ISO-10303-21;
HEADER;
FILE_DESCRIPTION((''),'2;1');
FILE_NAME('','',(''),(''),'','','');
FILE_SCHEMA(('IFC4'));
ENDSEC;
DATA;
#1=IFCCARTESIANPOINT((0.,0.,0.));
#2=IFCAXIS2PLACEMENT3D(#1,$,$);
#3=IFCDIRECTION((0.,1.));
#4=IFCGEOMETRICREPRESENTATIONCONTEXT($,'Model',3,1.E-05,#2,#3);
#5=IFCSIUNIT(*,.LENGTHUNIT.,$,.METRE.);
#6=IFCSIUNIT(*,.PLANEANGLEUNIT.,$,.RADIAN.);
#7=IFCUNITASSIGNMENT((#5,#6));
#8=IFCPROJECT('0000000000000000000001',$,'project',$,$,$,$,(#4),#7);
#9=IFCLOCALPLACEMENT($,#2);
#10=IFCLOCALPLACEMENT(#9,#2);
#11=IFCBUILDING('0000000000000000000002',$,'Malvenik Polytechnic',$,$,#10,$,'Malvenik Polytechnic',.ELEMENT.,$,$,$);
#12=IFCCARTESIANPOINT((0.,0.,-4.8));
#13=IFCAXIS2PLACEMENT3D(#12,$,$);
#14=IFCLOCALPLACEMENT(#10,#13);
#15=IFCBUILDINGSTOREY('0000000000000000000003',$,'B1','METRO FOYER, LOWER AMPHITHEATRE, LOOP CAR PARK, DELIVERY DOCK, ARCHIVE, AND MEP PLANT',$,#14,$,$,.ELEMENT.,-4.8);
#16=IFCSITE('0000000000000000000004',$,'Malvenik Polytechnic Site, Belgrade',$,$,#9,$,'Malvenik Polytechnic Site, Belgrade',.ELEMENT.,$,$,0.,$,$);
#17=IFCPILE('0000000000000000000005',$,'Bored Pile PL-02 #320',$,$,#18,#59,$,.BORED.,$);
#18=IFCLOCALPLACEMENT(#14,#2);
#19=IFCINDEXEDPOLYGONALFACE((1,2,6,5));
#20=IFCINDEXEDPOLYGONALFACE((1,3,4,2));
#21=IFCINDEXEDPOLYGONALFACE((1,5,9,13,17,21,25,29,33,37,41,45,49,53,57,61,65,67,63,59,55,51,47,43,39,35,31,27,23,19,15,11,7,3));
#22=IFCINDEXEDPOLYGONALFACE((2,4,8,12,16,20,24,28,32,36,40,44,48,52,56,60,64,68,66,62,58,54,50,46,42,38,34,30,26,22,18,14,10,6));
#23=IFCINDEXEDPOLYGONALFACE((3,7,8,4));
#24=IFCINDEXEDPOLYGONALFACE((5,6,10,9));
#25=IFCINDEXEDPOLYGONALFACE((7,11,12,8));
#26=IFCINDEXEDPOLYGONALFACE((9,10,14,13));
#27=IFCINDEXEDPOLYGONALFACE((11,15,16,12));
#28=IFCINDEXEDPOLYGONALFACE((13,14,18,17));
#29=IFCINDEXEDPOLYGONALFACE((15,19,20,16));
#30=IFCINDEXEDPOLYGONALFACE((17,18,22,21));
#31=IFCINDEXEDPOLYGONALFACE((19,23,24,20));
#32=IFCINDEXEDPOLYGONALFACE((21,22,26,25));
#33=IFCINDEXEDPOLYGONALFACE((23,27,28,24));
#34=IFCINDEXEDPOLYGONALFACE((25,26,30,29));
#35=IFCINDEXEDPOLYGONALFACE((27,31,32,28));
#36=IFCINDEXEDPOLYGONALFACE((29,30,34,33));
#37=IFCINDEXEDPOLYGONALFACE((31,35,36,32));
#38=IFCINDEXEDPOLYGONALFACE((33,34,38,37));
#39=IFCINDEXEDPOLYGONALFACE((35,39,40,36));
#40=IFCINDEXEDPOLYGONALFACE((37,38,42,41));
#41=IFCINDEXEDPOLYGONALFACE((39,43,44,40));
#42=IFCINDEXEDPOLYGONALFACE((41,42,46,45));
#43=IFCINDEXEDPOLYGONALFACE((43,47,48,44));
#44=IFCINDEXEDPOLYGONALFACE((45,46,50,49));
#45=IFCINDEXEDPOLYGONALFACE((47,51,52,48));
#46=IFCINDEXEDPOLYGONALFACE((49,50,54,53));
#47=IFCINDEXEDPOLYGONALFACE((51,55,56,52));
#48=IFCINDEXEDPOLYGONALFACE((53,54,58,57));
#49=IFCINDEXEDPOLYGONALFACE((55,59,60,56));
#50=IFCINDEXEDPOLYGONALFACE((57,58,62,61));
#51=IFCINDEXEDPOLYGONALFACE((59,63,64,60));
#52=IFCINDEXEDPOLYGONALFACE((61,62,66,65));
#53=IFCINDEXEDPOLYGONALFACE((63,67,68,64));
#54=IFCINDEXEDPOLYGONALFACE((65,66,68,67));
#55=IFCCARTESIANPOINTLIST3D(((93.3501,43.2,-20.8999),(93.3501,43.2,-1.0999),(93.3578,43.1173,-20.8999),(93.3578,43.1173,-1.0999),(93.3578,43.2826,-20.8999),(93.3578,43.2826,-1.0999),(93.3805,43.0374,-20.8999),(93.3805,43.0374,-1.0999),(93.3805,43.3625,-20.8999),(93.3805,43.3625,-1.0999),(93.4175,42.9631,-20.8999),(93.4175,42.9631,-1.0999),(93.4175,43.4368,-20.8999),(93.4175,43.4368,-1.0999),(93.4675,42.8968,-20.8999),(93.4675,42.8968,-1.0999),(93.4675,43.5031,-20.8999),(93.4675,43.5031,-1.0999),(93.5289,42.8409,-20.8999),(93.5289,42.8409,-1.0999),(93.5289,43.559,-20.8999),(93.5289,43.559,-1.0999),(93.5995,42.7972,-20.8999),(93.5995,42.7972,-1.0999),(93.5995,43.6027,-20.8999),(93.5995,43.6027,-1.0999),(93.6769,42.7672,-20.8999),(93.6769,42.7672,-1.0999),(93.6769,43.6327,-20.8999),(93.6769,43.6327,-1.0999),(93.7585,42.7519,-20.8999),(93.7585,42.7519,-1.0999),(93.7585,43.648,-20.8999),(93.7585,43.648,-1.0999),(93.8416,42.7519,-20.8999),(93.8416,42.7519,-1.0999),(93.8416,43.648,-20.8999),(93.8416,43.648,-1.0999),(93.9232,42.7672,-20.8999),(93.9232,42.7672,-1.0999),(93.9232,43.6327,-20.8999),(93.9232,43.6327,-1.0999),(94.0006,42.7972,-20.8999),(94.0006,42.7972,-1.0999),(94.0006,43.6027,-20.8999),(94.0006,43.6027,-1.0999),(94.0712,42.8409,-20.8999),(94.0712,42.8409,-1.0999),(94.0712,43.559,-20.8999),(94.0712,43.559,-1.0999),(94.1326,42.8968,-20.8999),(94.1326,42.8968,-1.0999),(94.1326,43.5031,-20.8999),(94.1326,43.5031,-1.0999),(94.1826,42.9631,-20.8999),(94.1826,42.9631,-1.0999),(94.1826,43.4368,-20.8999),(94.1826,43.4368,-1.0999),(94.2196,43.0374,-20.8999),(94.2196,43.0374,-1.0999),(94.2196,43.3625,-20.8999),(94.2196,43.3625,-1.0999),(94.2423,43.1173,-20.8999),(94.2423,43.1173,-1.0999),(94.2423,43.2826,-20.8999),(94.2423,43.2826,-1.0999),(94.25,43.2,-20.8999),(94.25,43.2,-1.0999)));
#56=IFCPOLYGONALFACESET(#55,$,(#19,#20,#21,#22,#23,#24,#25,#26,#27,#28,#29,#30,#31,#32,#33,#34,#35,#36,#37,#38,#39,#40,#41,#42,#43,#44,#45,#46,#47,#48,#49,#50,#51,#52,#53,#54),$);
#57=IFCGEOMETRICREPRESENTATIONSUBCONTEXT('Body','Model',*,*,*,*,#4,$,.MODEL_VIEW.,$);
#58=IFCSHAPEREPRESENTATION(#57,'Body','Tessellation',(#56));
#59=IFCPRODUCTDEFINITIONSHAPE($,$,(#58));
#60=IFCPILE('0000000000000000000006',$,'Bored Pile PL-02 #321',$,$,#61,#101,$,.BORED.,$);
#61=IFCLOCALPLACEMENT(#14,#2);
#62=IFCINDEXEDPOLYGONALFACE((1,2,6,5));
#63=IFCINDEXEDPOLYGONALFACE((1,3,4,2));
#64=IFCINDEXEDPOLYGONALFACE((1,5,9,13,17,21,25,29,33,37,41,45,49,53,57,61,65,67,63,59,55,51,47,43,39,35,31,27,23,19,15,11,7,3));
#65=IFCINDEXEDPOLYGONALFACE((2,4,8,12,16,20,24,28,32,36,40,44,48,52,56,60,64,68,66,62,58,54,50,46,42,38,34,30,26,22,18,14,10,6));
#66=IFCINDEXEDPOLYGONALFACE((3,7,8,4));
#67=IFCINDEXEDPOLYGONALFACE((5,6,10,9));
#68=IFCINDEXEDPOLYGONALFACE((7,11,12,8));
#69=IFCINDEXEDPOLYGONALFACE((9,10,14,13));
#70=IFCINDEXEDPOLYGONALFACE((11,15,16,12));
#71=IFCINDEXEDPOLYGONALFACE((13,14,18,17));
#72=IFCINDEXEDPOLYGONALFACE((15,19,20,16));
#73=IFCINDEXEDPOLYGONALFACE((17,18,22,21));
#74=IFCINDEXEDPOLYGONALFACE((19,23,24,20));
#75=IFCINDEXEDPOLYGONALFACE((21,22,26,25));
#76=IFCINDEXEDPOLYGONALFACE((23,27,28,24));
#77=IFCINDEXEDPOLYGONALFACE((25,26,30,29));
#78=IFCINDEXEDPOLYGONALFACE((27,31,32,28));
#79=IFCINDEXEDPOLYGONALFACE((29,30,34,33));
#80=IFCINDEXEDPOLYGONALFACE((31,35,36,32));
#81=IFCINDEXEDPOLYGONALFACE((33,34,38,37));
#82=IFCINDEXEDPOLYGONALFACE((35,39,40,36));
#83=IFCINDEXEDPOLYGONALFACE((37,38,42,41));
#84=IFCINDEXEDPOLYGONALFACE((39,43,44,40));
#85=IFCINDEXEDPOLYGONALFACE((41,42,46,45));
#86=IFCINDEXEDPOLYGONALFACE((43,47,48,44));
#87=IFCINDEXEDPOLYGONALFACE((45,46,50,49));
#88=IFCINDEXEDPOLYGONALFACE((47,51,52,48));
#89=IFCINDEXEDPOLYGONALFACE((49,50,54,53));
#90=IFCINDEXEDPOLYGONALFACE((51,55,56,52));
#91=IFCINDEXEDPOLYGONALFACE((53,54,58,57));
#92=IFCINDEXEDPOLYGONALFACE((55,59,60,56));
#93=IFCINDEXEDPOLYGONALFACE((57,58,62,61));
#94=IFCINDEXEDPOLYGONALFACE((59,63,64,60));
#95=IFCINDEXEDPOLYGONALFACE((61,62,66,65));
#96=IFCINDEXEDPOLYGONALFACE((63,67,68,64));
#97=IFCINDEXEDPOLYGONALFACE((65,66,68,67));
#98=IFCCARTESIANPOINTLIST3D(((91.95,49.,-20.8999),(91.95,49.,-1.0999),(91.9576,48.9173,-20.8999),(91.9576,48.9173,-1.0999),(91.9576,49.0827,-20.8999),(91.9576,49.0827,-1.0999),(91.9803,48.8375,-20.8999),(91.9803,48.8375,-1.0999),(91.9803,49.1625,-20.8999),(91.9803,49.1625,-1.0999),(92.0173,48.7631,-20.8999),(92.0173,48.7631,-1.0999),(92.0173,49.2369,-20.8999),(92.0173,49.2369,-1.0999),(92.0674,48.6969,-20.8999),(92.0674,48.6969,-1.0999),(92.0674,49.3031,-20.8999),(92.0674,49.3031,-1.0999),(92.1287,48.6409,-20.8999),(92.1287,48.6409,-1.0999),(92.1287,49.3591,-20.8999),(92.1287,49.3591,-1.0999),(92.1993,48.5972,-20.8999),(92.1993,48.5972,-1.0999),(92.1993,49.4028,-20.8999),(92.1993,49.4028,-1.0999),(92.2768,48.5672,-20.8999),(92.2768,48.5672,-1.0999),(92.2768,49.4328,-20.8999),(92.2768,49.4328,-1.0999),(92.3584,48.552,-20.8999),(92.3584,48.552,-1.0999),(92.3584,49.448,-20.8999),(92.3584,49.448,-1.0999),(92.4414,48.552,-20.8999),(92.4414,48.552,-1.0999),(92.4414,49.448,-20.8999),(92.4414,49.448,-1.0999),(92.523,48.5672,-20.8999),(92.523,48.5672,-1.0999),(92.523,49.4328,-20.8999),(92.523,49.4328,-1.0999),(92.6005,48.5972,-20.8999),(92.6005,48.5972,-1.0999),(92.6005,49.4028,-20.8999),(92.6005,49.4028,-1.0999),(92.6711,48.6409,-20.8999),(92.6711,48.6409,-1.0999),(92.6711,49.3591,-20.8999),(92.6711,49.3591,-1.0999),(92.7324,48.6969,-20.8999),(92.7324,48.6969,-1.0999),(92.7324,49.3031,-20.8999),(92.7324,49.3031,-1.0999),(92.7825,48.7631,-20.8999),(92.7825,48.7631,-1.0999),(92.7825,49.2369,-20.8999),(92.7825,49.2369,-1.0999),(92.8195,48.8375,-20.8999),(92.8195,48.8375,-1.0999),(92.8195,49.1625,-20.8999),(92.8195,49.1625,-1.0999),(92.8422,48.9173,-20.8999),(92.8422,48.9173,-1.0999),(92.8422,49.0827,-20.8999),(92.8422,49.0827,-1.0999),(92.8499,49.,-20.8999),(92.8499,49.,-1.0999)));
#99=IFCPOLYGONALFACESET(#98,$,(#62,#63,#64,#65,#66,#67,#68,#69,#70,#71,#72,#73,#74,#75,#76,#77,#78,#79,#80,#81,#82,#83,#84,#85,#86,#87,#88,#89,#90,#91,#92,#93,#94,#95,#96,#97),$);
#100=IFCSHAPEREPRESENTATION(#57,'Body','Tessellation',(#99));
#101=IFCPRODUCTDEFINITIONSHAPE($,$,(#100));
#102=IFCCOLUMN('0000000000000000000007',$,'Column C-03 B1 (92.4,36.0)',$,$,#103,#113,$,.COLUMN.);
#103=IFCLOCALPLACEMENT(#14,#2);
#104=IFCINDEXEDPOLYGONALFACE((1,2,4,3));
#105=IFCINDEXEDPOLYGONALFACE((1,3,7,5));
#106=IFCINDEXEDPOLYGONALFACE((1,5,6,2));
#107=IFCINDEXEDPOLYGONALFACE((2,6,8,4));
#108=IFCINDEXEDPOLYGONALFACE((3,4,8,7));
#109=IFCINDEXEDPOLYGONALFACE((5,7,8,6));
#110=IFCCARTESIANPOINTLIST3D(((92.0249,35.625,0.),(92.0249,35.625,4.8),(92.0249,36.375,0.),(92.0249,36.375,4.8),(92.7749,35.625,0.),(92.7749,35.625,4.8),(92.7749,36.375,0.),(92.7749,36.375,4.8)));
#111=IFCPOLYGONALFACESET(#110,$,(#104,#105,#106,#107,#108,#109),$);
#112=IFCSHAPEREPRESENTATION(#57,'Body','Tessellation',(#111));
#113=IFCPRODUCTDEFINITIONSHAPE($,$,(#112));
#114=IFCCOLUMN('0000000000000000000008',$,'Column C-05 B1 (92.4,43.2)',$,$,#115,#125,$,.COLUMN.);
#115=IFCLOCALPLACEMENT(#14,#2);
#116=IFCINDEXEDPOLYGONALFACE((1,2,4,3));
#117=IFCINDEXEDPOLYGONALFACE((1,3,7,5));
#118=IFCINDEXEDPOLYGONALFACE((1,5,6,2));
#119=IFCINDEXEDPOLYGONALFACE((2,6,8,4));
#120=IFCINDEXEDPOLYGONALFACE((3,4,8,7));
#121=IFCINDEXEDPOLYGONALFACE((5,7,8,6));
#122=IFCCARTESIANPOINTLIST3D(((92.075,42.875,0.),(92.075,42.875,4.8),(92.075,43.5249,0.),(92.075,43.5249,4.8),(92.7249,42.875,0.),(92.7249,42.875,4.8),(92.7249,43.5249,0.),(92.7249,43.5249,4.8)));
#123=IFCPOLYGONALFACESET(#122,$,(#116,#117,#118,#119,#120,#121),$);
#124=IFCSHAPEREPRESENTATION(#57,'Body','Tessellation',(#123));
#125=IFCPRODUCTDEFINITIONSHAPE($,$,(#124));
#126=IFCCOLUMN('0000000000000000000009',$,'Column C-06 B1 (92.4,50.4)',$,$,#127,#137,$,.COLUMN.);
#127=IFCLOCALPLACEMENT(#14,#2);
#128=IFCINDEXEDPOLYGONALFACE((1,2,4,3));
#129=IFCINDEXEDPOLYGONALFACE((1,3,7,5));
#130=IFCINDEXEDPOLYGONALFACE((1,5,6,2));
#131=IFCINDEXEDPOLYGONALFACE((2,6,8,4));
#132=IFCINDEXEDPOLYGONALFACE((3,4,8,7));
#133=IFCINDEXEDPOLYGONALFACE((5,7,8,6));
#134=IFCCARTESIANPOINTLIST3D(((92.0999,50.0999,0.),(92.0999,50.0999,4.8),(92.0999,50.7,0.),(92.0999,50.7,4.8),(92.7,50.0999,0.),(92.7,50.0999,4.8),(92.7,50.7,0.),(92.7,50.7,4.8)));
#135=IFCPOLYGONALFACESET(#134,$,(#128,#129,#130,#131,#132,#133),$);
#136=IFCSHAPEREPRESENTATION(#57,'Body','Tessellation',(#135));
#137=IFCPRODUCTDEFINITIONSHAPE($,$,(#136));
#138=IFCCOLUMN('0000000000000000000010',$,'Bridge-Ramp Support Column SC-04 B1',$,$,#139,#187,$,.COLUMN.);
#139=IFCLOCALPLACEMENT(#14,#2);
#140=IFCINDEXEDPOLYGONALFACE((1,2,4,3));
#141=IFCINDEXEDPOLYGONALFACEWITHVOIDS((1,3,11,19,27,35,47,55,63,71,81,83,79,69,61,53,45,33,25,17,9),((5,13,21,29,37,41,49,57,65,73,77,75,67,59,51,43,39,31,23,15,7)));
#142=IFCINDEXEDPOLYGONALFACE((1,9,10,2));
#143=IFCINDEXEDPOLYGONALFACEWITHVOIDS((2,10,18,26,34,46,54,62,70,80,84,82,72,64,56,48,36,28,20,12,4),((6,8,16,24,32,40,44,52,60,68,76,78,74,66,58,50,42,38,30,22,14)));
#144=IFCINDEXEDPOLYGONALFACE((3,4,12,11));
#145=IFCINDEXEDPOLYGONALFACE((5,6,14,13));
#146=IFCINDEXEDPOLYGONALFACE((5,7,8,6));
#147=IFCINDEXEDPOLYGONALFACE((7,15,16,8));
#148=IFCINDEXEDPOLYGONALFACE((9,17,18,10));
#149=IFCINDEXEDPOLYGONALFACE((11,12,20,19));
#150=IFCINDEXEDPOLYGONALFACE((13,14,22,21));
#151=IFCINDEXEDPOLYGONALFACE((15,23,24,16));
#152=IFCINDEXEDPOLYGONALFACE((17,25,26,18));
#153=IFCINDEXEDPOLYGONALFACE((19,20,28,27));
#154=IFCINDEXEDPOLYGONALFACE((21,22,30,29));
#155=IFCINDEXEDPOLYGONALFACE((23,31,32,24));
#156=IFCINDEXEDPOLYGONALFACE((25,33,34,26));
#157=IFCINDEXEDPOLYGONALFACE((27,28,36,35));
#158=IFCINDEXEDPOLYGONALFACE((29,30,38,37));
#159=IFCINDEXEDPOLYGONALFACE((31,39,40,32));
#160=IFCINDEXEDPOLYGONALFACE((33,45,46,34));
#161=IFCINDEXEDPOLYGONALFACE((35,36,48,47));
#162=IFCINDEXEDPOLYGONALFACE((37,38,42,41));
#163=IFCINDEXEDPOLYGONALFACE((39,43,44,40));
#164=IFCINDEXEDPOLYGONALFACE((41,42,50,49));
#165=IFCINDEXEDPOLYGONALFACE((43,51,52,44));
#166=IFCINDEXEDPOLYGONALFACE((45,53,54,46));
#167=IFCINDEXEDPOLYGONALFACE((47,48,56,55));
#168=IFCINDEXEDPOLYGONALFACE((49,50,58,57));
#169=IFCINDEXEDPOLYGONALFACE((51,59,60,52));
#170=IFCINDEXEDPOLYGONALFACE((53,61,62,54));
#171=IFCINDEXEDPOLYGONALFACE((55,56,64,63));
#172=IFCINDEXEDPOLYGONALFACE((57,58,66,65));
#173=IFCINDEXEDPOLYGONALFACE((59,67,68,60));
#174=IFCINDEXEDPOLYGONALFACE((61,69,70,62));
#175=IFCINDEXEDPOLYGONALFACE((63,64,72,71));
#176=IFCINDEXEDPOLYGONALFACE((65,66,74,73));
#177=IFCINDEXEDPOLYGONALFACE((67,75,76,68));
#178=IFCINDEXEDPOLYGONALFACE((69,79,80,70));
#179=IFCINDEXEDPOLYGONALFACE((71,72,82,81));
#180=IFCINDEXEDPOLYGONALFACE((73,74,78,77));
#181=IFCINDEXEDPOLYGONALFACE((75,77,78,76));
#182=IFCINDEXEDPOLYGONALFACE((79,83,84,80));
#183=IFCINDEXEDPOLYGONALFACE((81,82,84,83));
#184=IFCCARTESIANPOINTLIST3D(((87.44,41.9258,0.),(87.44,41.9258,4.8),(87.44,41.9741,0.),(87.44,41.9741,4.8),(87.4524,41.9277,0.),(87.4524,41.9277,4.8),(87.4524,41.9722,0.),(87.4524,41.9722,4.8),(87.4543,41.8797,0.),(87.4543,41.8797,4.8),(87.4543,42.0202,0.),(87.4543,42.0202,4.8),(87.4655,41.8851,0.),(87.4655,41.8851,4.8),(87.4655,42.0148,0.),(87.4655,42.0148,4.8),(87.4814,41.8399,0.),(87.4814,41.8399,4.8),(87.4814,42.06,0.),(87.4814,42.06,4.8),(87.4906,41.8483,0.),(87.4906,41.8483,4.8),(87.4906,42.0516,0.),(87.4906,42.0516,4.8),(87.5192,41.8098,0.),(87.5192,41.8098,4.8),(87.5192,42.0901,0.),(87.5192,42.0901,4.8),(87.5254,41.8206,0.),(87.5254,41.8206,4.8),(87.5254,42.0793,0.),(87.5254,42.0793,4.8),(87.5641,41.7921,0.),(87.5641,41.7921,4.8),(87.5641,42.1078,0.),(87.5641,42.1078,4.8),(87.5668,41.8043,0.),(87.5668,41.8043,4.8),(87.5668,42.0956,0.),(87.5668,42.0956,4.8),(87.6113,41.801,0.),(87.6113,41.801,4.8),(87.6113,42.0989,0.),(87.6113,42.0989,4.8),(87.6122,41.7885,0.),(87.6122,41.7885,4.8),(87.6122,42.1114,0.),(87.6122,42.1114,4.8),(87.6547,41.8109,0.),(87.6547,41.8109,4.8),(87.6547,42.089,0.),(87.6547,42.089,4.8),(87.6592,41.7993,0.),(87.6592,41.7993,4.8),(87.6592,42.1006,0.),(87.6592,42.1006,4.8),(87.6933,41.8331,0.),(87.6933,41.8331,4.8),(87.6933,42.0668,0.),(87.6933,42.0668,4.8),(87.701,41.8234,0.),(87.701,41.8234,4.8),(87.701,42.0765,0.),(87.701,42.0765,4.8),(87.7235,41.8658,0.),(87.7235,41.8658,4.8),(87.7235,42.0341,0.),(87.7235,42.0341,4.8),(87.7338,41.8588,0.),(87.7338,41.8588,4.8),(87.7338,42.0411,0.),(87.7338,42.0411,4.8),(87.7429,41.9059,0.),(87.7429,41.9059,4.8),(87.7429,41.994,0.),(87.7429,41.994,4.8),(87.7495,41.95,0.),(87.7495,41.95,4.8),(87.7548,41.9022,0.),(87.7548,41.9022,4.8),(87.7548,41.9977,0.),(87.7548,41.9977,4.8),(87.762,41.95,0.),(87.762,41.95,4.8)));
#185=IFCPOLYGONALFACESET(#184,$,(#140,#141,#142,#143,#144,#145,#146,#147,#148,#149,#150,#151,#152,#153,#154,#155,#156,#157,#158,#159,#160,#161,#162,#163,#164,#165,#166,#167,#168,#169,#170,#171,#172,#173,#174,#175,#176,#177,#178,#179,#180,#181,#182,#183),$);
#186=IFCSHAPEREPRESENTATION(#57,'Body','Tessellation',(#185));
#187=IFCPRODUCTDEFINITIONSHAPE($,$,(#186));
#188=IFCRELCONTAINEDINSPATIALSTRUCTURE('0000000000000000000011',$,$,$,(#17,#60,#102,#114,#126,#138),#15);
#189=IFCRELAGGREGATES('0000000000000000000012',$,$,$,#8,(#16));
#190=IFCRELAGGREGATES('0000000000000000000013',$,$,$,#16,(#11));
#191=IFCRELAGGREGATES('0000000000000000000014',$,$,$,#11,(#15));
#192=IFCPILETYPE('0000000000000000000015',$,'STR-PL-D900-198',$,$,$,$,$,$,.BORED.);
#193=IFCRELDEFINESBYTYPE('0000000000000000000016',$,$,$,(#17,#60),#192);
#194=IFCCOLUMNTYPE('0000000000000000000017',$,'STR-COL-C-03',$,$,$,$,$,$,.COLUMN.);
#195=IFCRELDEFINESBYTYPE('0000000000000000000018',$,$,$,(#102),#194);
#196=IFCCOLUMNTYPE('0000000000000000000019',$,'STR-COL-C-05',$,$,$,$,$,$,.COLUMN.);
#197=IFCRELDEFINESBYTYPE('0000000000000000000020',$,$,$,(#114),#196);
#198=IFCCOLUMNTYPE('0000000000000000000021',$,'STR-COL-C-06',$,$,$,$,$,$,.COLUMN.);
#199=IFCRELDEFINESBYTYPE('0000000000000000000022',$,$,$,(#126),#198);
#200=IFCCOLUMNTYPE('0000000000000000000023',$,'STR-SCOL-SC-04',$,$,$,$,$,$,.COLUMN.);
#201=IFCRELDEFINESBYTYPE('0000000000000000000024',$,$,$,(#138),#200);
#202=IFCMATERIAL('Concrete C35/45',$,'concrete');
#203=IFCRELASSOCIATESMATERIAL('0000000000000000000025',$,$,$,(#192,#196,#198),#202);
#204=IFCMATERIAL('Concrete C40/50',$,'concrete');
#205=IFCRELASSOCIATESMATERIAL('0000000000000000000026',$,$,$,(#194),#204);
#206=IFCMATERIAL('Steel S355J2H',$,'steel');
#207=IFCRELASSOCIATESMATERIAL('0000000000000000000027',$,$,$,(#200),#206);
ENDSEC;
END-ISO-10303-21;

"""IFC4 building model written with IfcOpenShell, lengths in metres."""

from ifc_helpers import new_model, si_unit, direction, frame, origin, origin_2d, place, context, subcontext, project, spatial, rectangle, circle, hollow_circle, extrude, material, material_profile, profile_set, type_object, element, save


model = new_model("IFC4")

# Units and contexts
model_context = context("Model", 3, precision=1e-05, world=origin(), true_north=direction((0.0, 1.0)))
body_context = subcontext(model_context, "Body", "Model", "MODEL_VIEW")
ifc_project = project(units=[si_unit("LENGTHUNIT", "METRE"), si_unit("PLANEANGLEUNIT", "RADIAN")], contexts=[model_context])

# Site, building, storey
site_placement = place(None, origin())
site = spatial("IfcSite", under=ifc_project, at=site_placement, Name="Malvenik Polytechnic Site, Belgrade", LongName="Malvenik Polytechnic Site, Belgrade", CompositionType="ELEMENT", RefElevation=0.0)
building_placement = place(site_placement, origin())
building = spatial("IfcBuilding", under=site, at=building_placement, Name="Malvenik Polytechnic", LongName="Malvenik Polytechnic", CompositionType="ELEMENT")
storey_placement = place(building_placement, frame((0.0, 0.0, -4.8)))
storey = spatial("IfcBuildingStorey", under=building, at=storey_placement, Name="B1", Description="METRO FOYER, LOWER AMPHITHEATRE, LOOP CAR PARK, DELIVERY DOCK, ARCHIVE, AND MEP PLANT", CompositionType="ELEMENT", Elevation=-4.8)

# Shared definitions
ifc_material_1 = material(Name="Concrete C35/45", Category="concrete")

# Piles
ifc_material_profile_1 = material_profile(ifc_material_1, circle(Radius=0.45, at=origin_2d()), Name="BORED PILE D900")
ifc_profile_set_1 = profile_set([ifc_material_profile_1], Name="Concrete C35/45")
pile_type = type_object("IfcPileType", Name="STR-PL-D900-198", PredefinedType="BORED", material=ifc_profile_set_1)
for number, where, z_axis, x_axis, name in (
    (1, (93.8, 43.2, -1.0999), (0.0, 0.0, -1.0), (1.0, 0.0, 0.0), "Bored Pile PL-02 #320"),
    (2, (92.3999, 49.0, -1.0999), (0.0, 0.0, -1.0), (1.0, 0.0, 0.0), "Bored Pile PL-02 #321"),
):
    element("IfcPile", number, at=place(storey_placement, frame(where, z_axis=z_axis, x_axis=x_axis)), inside=storey, type_object=pile_type, Name=name, PredefinedType="BORED", context=body_context, shape_type="SweptSolid", body=[
        extrude(circle(Radius=0.45, at=origin_2d()), origin(), (0.0, 0.0, 1.0), 19.8),
    ])

# Columns
ifc_material_2 = material(Name="Concrete C40/50", Category="concrete")
ifc_material_profile_2 = material_profile(ifc_material_2, rectangle(XDim=0.75, YDim=0.75, at=origin_2d()), Name="RC COL 750x750")
ifc_profile_set_2 = profile_set([ifc_material_profile_2], Name="Concrete C40/50")
column_type_1 = type_object("IfcColumnType", Name="STR-COL-C-03", PredefinedType="COLUMN", material=ifc_profile_set_2)
column_1_placement = place(storey_placement, frame((92.3999, 36.0, 0.0), z_axis=(0.0, 0.0, 1.0), x_axis=(1.0, 0.0, 0.0)))
element("IfcColumn", 3, at=column_1_placement, inside=storey, type_object=column_type_1, Name="Column C-03 B1 (92.4,36.0)", PredefinedType="COLUMN", context=body_context, shape_type="SweptSolid", body=[
    extrude(rectangle(XDim=0.75, YDim=0.75, at=origin_2d()), origin(), (0.0, 0.0, 1.0), 4.8),
])
ifc_material_profile_3 = material_profile(ifc_material_1, rectangle(XDim=0.6499, YDim=0.6499, at=origin_2d()), Name="RC COL 650x650")
ifc_profile_set_3 = profile_set([ifc_material_profile_3], Name="Concrete C35/45")
column_type_2 = type_object("IfcColumnType", Name="STR-COL-C-05", PredefinedType="COLUMN", material=ifc_profile_set_3)
column_2_placement = place(storey_placement, frame((92.3999, 43.2, 0.0), z_axis=(0.0, 0.0, 1.0), x_axis=(1.0, 0.0, 0.0)))
element("IfcColumn", 4, at=column_2_placement, inside=storey, type_object=column_type_2, Name="Column C-05 B1 (92.4,43.2)", PredefinedType="COLUMN", context=body_context, shape_type="SweptSolid", body=[
    extrude(rectangle(XDim=0.6499, YDim=0.6499, at=origin_2d()), origin(), (0.0, 0.0, 1.0), 4.8),
])
ifc_material_profile_4 = material_profile(ifc_material_1, rectangle(XDim=0.6001, YDim=0.6001, at=origin_2d()), Name="RC COL 600x600")
ifc_profile_set_4 = profile_set([ifc_material_profile_4], Name="Concrete C35/45")
column_type_3 = type_object("IfcColumnType", Name="STR-COL-C-06", PredefinedType="COLUMN", material=ifc_profile_set_4)
column_3_placement = place(storey_placement, frame((92.3999, 50.3999, 0.0), z_axis=(0.0, 0.0, 1.0), x_axis=(1.0, 0.0, 0.0)))
element("IfcColumn", 5, at=column_3_placement, inside=storey, type_object=column_type_3, Name="Column C-06 B1 (92.4,50.4)", PredefinedType="COLUMN", context=body_context, shape_type="SweptSolid", body=[
    extrude(rectangle(XDim=0.6001, YDim=0.6001, at=origin_2d()), origin(), (0.0, 0.0, 1.0), 4.8),
])
ifc_material_3 = material(Name="Steel S355J2H", Category="steel")
ifc_material_profile_5 = material_profile(ifc_material_3, hollow_circle(Radius=0.1619, WallThickness=0.0125, at=origin_2d()), Name="CHS 323.9x12.5")
ifc_profile_set_5 = profile_set([ifc_material_profile_5], Name="Steel S355J2H")
column_type_4 = type_object("IfcColumnType", Name="STR-SCOL-SC-04", PredefinedType="COLUMN", material=ifc_profile_set_5)
for number, where, z_axis, x_axis, name in (
    (6, (87.6001, 41.95, 0.0), (0.0, 0.0, 1.0), (1.0, 0.0, 0.0), "Bridge-Ramp Support Column SC-04 B1"),
):
    element("IfcColumn", number, at=place(storey_placement, frame(where, z_axis=z_axis, x_axis=x_axis)), inside=storey, type_object=column_type_4, Name=name, PredefinedType="COLUMN", context=body_context, shape_type="SweptSolid", body=[
        extrude(hollow_circle(Radius=0.1619, WallThickness=0.0125, at=origin_2d()), origin(), (0.0, 0.0, 1.0), 4.8),
    ])

save(model, "model.ifc")
